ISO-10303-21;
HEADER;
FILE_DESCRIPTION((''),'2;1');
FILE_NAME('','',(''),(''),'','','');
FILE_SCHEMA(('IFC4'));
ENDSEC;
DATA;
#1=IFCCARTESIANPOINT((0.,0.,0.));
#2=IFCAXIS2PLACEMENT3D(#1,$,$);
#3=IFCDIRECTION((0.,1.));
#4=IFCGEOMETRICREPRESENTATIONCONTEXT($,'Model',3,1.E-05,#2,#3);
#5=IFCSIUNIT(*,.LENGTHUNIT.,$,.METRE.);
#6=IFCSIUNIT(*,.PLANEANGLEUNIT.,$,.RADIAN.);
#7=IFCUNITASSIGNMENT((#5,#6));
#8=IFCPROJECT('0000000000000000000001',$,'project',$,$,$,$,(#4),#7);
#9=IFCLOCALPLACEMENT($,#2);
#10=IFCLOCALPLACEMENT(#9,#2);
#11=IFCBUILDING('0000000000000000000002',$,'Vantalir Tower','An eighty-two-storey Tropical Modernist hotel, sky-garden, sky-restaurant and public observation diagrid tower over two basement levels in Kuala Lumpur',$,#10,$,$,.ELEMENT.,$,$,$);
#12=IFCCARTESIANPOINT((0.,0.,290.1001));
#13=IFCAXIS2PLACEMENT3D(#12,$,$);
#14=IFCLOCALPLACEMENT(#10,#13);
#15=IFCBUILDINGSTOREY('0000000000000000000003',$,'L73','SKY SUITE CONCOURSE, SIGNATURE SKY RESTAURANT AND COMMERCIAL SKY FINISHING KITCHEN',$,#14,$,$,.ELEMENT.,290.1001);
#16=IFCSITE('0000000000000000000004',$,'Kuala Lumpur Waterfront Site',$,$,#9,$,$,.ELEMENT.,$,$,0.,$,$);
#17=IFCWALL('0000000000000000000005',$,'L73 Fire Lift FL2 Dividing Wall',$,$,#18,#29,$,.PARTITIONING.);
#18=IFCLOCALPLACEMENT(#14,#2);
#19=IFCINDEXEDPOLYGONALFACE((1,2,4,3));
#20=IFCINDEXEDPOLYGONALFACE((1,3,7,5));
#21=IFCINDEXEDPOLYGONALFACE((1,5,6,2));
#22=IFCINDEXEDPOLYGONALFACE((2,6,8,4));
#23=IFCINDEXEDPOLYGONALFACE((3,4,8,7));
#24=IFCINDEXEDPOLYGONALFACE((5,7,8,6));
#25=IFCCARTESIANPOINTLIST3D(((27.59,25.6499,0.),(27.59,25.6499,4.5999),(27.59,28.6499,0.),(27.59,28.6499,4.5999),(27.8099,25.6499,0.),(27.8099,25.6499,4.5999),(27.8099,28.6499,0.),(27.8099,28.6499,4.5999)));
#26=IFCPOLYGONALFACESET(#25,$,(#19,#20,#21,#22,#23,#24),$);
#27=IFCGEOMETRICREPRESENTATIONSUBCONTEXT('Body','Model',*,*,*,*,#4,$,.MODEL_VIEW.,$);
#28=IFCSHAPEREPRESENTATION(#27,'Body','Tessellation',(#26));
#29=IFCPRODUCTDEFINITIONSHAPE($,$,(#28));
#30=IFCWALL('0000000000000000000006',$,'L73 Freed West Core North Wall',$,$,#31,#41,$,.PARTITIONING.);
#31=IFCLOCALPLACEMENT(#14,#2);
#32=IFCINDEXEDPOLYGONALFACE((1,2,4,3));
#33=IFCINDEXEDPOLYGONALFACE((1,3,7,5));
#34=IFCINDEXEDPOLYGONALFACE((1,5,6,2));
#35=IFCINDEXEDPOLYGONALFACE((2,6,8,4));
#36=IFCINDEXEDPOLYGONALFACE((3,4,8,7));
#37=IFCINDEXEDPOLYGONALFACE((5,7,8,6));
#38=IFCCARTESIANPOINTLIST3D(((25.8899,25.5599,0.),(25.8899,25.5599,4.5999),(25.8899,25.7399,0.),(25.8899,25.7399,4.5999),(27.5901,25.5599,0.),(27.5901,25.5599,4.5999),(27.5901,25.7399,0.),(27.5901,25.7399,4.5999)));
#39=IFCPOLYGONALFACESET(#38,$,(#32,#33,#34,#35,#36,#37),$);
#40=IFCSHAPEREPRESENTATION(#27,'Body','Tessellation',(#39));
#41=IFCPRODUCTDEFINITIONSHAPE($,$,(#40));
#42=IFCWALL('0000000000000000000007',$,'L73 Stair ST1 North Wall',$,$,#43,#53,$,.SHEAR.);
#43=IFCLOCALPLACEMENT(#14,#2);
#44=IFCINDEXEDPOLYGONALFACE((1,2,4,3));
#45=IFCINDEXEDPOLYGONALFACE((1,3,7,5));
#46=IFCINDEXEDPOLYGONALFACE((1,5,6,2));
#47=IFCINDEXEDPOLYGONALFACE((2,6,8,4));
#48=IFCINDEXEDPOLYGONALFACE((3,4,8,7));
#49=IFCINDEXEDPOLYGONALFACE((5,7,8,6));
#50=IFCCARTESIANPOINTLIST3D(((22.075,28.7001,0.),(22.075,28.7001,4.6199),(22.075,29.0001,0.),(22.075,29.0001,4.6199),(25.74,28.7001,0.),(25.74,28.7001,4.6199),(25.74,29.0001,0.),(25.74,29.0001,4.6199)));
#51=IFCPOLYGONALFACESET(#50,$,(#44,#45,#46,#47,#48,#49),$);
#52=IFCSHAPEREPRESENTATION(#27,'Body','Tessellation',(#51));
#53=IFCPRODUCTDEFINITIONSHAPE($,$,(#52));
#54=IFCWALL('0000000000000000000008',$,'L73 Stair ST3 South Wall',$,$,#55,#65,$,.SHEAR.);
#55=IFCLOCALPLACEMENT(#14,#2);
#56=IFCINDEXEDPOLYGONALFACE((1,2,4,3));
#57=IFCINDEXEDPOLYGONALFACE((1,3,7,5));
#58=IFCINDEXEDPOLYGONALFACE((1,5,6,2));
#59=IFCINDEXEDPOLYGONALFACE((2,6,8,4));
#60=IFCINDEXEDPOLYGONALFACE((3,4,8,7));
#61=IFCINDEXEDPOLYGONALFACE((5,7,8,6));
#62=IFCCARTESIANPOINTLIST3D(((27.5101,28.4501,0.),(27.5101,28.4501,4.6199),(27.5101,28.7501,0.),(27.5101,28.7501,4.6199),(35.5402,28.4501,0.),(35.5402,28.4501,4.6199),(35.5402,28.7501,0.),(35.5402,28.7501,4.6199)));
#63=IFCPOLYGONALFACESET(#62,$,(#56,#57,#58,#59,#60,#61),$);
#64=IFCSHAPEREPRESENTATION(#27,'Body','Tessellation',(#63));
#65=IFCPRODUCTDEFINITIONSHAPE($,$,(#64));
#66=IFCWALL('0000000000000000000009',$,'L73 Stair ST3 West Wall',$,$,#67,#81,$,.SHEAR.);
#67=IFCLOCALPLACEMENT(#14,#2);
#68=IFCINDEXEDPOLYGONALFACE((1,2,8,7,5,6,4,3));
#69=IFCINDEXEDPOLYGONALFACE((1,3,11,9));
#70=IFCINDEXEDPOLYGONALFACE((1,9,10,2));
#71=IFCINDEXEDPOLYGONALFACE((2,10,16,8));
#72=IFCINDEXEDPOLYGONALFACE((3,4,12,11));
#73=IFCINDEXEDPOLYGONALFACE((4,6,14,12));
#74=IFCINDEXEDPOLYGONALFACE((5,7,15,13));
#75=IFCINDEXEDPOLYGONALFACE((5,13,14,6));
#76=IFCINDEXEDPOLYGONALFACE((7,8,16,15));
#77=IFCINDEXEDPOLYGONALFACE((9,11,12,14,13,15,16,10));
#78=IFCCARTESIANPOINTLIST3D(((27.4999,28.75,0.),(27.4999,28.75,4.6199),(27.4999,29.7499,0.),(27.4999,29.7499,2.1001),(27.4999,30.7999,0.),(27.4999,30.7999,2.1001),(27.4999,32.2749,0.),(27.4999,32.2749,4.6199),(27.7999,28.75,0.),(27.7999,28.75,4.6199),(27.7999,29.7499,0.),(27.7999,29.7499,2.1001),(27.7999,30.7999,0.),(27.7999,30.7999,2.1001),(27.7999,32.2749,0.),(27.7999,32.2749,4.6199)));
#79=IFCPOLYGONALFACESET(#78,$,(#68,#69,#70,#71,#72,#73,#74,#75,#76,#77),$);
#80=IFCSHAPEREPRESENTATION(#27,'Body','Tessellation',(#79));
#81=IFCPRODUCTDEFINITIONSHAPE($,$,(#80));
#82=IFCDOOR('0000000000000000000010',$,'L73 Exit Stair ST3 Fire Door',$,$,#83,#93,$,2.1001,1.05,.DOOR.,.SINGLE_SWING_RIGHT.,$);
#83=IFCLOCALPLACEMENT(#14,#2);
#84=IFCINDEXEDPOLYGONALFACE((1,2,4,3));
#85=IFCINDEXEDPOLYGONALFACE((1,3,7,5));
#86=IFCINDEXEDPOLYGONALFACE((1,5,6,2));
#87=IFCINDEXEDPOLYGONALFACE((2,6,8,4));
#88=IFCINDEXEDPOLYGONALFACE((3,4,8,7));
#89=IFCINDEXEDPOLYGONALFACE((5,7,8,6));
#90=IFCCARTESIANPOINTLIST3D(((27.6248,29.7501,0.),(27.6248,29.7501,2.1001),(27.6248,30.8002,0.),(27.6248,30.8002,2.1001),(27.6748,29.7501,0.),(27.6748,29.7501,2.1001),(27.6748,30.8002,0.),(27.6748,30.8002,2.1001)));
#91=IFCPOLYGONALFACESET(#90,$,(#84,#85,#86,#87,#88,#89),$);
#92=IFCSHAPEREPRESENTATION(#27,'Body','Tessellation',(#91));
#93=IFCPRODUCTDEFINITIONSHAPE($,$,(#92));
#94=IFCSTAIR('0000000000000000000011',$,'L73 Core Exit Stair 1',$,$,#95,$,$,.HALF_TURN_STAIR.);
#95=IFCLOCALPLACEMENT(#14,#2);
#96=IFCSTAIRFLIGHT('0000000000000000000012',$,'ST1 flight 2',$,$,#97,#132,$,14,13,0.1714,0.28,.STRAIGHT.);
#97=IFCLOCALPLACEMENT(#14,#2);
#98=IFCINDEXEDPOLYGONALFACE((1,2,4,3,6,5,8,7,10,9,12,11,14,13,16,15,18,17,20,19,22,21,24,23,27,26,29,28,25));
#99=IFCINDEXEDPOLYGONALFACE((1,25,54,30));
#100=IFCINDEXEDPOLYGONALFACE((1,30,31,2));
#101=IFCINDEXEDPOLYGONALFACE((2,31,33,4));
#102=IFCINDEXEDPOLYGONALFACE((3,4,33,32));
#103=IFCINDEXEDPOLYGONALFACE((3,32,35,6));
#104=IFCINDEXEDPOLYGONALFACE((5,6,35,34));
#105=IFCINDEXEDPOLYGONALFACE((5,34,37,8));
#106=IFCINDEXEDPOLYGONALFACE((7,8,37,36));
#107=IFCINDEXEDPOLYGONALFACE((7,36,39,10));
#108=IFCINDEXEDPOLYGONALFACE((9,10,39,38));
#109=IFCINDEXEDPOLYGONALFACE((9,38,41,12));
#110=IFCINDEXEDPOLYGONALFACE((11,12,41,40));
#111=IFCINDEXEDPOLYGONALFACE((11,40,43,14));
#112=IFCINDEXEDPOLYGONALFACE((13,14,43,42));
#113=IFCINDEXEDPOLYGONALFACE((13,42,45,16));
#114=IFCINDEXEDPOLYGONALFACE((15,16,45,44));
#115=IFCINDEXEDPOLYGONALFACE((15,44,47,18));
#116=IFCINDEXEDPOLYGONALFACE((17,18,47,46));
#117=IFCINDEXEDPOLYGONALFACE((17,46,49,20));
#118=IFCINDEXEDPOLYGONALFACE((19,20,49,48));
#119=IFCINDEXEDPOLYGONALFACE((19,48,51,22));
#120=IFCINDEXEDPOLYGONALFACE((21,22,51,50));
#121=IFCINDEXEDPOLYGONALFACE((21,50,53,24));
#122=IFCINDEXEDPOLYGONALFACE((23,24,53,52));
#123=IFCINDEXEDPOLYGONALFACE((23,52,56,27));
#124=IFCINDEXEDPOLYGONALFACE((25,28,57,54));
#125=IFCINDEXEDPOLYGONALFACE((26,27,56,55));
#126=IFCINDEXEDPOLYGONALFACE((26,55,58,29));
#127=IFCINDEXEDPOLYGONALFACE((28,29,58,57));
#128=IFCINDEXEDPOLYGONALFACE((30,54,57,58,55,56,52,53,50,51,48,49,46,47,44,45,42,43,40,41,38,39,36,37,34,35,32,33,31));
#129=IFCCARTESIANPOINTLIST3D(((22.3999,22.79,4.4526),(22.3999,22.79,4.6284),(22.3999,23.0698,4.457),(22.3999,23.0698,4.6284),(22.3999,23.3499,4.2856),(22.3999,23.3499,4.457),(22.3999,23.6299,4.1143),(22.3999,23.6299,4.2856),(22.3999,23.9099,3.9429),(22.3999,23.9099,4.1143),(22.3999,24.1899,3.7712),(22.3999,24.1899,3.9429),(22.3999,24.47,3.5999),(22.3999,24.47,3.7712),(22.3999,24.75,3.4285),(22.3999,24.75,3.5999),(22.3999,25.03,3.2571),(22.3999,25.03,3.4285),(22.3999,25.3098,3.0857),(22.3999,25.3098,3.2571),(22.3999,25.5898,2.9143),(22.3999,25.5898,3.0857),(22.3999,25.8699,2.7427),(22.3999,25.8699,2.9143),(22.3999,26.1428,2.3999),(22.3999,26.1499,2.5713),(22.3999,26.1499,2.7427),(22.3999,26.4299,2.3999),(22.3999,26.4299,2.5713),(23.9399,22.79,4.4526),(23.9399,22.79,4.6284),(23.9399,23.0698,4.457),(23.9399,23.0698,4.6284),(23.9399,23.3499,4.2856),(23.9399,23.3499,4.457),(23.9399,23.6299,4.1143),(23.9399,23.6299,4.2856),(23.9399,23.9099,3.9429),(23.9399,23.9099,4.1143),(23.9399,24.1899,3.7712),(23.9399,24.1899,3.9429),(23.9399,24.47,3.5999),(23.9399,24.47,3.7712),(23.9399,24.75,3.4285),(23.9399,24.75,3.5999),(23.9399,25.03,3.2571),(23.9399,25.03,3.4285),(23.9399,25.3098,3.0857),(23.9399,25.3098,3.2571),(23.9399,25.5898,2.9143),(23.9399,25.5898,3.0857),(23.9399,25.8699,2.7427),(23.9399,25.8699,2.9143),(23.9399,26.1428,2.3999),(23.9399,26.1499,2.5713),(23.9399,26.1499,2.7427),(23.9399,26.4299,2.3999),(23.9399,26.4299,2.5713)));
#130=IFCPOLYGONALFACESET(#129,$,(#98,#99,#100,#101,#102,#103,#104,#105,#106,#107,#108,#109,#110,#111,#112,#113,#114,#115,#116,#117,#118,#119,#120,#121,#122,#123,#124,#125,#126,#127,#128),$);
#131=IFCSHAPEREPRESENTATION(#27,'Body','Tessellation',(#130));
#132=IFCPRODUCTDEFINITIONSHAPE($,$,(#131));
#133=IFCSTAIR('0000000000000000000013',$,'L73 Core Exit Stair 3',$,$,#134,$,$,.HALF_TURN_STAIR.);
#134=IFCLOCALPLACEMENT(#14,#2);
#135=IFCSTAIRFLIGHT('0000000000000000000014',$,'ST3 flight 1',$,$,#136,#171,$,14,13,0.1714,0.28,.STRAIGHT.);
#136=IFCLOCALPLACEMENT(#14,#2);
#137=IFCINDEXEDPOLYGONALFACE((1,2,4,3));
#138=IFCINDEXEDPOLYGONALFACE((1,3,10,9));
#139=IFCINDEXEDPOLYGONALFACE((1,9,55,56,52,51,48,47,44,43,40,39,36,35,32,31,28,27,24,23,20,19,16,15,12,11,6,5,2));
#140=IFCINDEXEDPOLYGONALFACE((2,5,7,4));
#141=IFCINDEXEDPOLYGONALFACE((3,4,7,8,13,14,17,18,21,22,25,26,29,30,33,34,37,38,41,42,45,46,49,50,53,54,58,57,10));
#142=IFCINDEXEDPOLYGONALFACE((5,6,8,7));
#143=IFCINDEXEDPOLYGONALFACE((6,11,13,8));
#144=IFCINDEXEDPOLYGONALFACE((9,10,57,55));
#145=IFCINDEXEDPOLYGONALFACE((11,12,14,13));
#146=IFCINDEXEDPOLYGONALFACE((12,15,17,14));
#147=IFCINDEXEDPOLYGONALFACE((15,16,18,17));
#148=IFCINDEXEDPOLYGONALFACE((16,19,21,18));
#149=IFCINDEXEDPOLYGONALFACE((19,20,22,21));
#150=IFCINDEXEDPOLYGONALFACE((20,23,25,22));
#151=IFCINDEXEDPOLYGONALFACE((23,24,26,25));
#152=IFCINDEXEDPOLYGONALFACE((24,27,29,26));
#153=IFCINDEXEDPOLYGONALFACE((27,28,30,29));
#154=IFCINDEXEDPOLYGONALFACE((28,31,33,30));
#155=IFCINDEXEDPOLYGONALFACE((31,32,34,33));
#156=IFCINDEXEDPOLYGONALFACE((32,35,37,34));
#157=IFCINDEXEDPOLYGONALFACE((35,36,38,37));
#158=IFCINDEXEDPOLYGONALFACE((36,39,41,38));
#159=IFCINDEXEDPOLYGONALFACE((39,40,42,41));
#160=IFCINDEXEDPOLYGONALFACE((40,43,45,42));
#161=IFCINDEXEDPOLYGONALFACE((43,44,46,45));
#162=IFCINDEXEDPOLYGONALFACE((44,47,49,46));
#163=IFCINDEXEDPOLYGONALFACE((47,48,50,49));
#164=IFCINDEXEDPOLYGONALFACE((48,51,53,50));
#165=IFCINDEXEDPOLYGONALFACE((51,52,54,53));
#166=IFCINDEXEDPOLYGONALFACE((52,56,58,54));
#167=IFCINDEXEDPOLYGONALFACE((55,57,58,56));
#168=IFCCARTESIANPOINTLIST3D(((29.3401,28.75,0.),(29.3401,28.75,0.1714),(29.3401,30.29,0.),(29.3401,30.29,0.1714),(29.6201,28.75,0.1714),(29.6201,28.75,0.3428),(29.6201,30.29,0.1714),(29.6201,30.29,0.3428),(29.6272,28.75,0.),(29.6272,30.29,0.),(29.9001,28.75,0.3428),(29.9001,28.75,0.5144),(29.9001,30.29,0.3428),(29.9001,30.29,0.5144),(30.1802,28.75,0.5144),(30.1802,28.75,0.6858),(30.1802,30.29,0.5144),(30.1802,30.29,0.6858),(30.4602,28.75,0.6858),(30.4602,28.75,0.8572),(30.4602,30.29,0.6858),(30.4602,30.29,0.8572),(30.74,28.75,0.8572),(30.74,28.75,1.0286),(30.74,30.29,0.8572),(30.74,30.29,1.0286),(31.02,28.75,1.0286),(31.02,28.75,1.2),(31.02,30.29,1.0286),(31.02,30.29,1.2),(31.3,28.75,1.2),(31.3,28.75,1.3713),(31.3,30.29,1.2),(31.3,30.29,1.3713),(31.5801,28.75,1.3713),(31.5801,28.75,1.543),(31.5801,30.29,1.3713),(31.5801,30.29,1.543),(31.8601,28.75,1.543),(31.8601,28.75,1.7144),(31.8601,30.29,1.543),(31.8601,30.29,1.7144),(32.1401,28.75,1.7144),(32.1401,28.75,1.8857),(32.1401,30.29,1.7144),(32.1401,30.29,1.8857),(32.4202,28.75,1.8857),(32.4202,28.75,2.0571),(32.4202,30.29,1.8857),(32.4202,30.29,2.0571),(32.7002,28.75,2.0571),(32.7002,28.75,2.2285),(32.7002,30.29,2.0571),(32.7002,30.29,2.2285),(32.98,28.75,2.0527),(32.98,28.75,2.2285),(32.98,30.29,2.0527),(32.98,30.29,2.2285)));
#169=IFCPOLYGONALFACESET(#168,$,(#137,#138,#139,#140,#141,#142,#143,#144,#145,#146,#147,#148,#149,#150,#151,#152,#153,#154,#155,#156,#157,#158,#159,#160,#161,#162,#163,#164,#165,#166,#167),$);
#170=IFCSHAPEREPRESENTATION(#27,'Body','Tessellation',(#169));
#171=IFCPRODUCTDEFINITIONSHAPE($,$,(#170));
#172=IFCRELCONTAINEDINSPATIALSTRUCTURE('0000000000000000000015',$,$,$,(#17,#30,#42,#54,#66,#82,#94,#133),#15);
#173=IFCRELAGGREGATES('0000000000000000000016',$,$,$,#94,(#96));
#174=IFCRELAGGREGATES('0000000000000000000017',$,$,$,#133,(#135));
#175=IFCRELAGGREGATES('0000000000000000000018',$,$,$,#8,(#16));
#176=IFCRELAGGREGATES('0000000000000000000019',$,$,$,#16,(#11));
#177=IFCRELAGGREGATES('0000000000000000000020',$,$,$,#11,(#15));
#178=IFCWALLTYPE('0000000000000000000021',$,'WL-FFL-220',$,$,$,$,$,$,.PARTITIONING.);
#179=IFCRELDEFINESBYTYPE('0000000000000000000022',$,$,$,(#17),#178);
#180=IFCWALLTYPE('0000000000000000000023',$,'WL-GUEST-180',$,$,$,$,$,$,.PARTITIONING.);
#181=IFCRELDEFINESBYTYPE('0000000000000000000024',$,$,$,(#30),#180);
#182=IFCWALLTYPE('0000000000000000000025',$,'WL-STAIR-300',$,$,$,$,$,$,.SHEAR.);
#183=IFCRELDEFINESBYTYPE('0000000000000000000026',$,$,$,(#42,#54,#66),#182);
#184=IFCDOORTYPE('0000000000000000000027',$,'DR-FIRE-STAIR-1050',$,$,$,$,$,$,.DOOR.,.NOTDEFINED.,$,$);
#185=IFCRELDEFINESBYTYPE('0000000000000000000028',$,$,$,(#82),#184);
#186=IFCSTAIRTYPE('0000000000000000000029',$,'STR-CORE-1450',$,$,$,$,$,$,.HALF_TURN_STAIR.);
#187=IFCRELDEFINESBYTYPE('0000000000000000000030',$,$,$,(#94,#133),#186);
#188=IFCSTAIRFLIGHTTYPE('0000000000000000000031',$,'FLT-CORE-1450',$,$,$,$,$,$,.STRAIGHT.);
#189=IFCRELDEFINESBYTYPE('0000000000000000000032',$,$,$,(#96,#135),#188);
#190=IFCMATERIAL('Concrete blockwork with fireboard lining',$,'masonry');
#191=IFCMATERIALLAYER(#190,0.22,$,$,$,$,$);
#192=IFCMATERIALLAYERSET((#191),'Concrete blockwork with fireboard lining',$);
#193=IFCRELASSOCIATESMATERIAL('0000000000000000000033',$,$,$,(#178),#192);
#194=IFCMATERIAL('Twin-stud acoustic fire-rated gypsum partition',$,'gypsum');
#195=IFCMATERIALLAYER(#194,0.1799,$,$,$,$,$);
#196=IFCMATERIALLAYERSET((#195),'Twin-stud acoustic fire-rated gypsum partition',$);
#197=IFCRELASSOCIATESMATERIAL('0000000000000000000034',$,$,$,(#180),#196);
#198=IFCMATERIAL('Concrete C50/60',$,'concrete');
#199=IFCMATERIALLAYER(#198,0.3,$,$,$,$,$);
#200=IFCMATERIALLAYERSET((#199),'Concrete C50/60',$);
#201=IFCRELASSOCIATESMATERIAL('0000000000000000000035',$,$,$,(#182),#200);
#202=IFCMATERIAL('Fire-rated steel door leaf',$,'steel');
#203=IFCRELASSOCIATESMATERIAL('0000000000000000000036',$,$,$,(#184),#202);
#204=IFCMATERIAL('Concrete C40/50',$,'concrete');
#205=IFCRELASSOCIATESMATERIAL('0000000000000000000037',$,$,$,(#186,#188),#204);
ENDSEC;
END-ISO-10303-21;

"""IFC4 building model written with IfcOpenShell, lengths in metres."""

from ifc_helpers import new_model, si_unit, direction, frame, frame_2d, origin, place, context, subcontext, project, spatial, polyline, rectangle, outline, extrude, material, layer, layer_set, type_object, element, fill, aggregate, save


model = new_model("IFC4")

# Units and contexts
model_context = context("Model", 3, precision=1e-05, world=origin(), true_north=direction((0.0, 1.0)))
body_context = subcontext(model_context, "Body", "Model", "MODEL_VIEW")
ifc_project = project(units=[si_unit("LENGTHUNIT", "METRE"), si_unit("PLANEANGLEUNIT", "RADIAN")], contexts=[model_context])

# Site, building, storey
site_placement = place(None, origin())
site = spatial("IfcSite", under=ifc_project, at=site_placement, Name="Kuala Lumpur Waterfront Site", CompositionType="ELEMENT", RefElevation=0.0)
building_placement = place(site_placement, origin())
building = spatial("IfcBuilding", under=site, at=building_placement, Name="Vantalir Tower", Description="An eighty-two-storey Tropical Modernist hotel, sky-garden, sky-restaurant and public observation diagrid tower over two basement levels in Kuala Lumpur", CompositionType="ELEMENT")
storey_placement = place(building_placement, frame((0.0, 0.0, 290.1001)))
storey = spatial("IfcBuildingStorey", under=building, at=storey_placement, Name="L73", Description="SKY SUITE CONCOURSE, SIGNATURE SKY RESTAURANT AND COMMERCIAL SKY FINISHING KITCHEN", CompositionType="ELEMENT", Elevation=290.1001)

# Shared definitions
ifc_material_1 = material(Name="Concrete C50/60", Category="concrete")

# Shared definitions
ifc_material_2 = material(Name="Concrete blockwork with fireboard lining", Category="masonry")
ifc_layer_1 = layer(ifc_material_2, 0.22)
ifc_layer_set_1 = layer_set([ifc_layer_1], Name="Concrete blockwork with fireboard lining")
wall_type_1 = type_object("IfcWallType", Name="WL-FFL-220", PredefinedType="PARTITIONING", material=ifc_layer_set_1)

# Walls
wall_1_placement = place(storey_placement, frame((27.7, 25.6499, 0.0), z_axis=(0.0, 0.0, 1.0), x_axis=(0.0, 1.0, 0.0)))
element("IfcWall", 1, at=wall_1_placement, inside=storey, type_object=wall_type_1, Name="L73 Fire Lift FL2 Dividing Wall", PredefinedType="PARTITIONING", context=body_context, shape_type="SweptSolid", body=[
    extrude(rectangle(XDim=3.0, YDim=0.22, at=frame_2d((1.5, 0.0))), origin(), (0.0, 0.0, 1.0), 4.5999),
])
ifc_material_3 = material(Name="Twin-stud acoustic fire-rated gypsum partition", Category="gypsum")
ifc_layer_2 = layer(ifc_material_3, 0.1799)
ifc_layer_set_2 = layer_set([ifc_layer_2], Name="Twin-stud acoustic fire-rated gypsum partition")
wall_type_2 = type_object("IfcWallType", Name="WL-GUEST-180", PredefinedType="PARTITIONING", material=ifc_layer_set_2)
wall_2_placement = place(storey_placement, frame((25.8899, 25.6499, 0.0), z_axis=(0.0, 0.0, 1.0), x_axis=(1.0, 0.0, 0.0)))
element("IfcWall", 2, at=wall_2_placement, inside=storey, type_object=wall_type_2, Name="L73 Freed West Core North Wall", PredefinedType="PARTITIONING", context=body_context, shape_type="SweptSolid", body=[
    extrude(rectangle(XDim=1.7002, YDim=0.1799, at=frame_2d((0.8501, 0.0))), origin(), (0.0, 0.0, 1.0), 4.5999),
])
ifc_layer_3 = layer(ifc_material_1, 0.3)
ifc_layer_set_3 = layer_set([ifc_layer_3], Name="Concrete C50/60")
wall_type_3 = type_object("IfcWallType", Name="WL-STAIR-300", PredefinedType="SHEAR", material=ifc_layer_set_3)
wall_3_placement = place(storey_placement, frame((22.075, 28.8501, 0.0), z_axis=(0.0, 0.0, 1.0), x_axis=(1.0, 0.0, 0.0)))
element("IfcWall", 3, at=wall_3_placement, inside=storey, type_object=wall_type_3, Name="L73 Stair ST1 North Wall", PredefinedType="SHEAR", context=body_context, shape_type="SweptSolid", body=[
    extrude(rectangle(XDim=3.665, YDim=0.3, at=frame_2d((1.8325, 0.0))), origin(), (0.0, 0.0, 1.0), 4.6199),
])
wall_4_placement = place(storey_placement, frame((27.51, 28.6001, 0.0), z_axis=(0.0, 0.0, 1.0), x_axis=(1.0, 0.0, 0.0)))
element("IfcWall", 4, at=wall_4_placement, inside=storey, type_object=wall_type_3, Name="L73 Stair ST3 South Wall", PredefinedType="SHEAR", context=body_context, shape_type="SweptSolid", body=[
    extrude(rectangle(XDim=8.03, YDim=0.3, at=frame_2d((4.0151, 0.0))), origin(), (0.0, 0.0, 1.0), 4.6199),
])

# Wall, opening, door
wall_5_placement = place(storey_placement, frame((27.6499, 28.75, 0.0), z_axis=(0.0, 0.0, 1.0), x_axis=(0.0, 1.0, 0.0)))
wall_5 = element("IfcWall", 5, at=wall_5_placement, inside=storey, type_object=wall_type_3, Name="L73 Stair ST3 West Wall", PredefinedType="SHEAR", context=body_context, shape_type="SweptSolid", body=[
    extrude(rectangle(XDim=3.5249, YDim=0.3, at=frame_2d((1.7625, 0.0))), origin(), (0.0, 0.0, 1.0), 4.6199),
])
opening_1_placement = place(wall_5_placement, frame((1.0, 0.0, 0.0)))
opening_1 = element("IfcOpeningElement", 6, at=opening_1_placement, cuts=wall_5, PredefinedType="OPENING", context=body_context, shape_type="SweptSolid", body=[
    extrude(rectangle(XDim=1.05, YDim=2.1001, at=frame_2d((0.5249, 1.05))), frame((0.0, 0.1599, 0.0), z_axis=(0.0, -1.0, 0.0), x_axis=(1.0, 0.0, 0.0)), (0.0, 0.0, 1.0), 0.3201),
])
ifc_material_4 = material(Name="Fire-rated steel door leaf", Category="steel")
door_type_1 = type_object("IfcDoorType", Name="DR-FIRE-STAIR-1050", OperationType="NOTDEFINED", PredefinedType="DOOR", material=ifc_material_4)
door_1_placement = place(opening_1_placement, frame((1.05, 0.0, 0.0), z_axis=(0.0, 0.0, 1.0), x_axis=(-1.0, 0.0, 0.0)))
door_1 = element("IfcDoor", 7, at=door_1_placement, inside=storey, type_object=door_type_1, Name="L73 Exit Stair ST3 Fire Door", OperationType="SINGLE_SWING_RIGHT", OverallHeight=2.1001, OverallWidth=1.05, PredefinedType="DOOR", context=body_context, shape_type="SweptSolid", body=[
    extrude(rectangle(XDim=1.05, YDim=2.1001, at=frame_2d((0.5249, 1.05))), frame((0.0, 0.0249, 0.0), z_axis=(0.0, -1.0, 0.0), x_axis=(1.0, 0.0, 0.0)), (0.0, 0.0, 1.0), 0.05),
])
fill(opening_1, door_1)

# Stairs, stair flights
ifc_material_5 = material(Name="Concrete C40/50", Category="concrete")
stair_type = type_object("IfcStairType", Name="STR-CORE-1450", PredefinedType="HALF_TURN_STAIR", material=ifc_material_5)
stair_1_placement = place(storey_placement, origin())
stair_1 = element("IfcStair", 8, at=stair_1_placement, inside=storey, type_object=stair_type, Name="L73 Core Exit Stair 1", PredefinedType="HALF_TURN_STAIR")
stair_flight_type = type_object("IfcStairFlightType", Name="FLT-CORE-1450", PredefinedType="STRAIGHT", material=ifc_material_5)
stair_flight_1_placement = place(storey_placement, frame((23.1699, 26.4299, 2.3999), z_axis=(0.0, 0.0, 1.0), x_axis=(0.0, -1.0, 0.0)))
stair_flight_1 = element("IfcStairFlight", 9, at=stair_flight_1_placement, type_object=stair_flight_type, Name="ST1 flight 2", NumberOfRisers=14, NumberOfTreads=13, PredefinedType="STRAIGHT", RiserHeight=0.1714, TreadLength=0.28, context=body_context, shape_type="SweptSolid", body=[
    extrude(outline(polyline([(0.0, 0.0), (0.0, 0.1714), (0.28, 0.1714), (0.28, 0.3428), (0.5601, 0.3428), (0.5601, 0.5144), (0.8401, 0.5144), (0.8401, 0.6858), (1.1201, 0.6858), (1.1201, 0.8572), (1.3999, 0.8572), (1.3999, 1.0286), (1.6799, 1.0286), (1.6799, 1.2), (1.96, 1.2), (1.96, 1.3713), (2.24, 1.3713), (2.24, 1.543), (2.52, 1.543), (2.52, 1.7144), (2.8, 1.7144), (2.8, 1.8857), (3.0801, 1.8857), (3.0801, 2.0571), (3.3601, 2.0571), (3.3601, 2.2285), (3.6399, 2.2285), (3.6399, 2.3999), (3.6399, 2.0527), (0.2871, 0.0), (0.0, 0.0)])), frame((0.0, 0.77, 0.0), z_axis=(0.0, -1.0, 0.0), x_axis=(1.0, 0.0, 0.0)), (0.0, 0.0, 1.0), 1.54),
])
aggregate(stair_1, [stair_flight_1])
stair_2_placement = place(storey_placement, origin())
stair_2 = element("IfcStair", 10, at=stair_2_placement, inside=storey, type_object=stair_type, Name="L73 Core Exit Stair 3", PredefinedType="HALF_TURN_STAIR")
stair_flight_2_placement = place(storey_placement, frame((29.3401, 29.52, 0.0), z_axis=(0.0, 0.0, 1.0), x_axis=(1.0, 0.0, 0.0)))
stair_flight_2 = element("IfcStairFlight", 11, at=stair_flight_2_placement, type_object=stair_flight_type, Name="ST3 flight 1", NumberOfRisers=14, NumberOfTreads=13, PredefinedType="STRAIGHT", RiserHeight=0.1714, TreadLength=0.28, context=body_context, shape_type="SweptSolid", body=[
    extrude(outline(polyline([(0.0, 0.0), (0.0, 0.1714), (0.28, 0.1714), (0.28, 0.3428), (0.5601, 0.3428), (0.5601, 0.5144), (0.8401, 0.5144), (0.8401, 0.6858), (1.1201, 0.6858), (1.1201, 0.8572), (1.3999, 0.8572), (1.3999, 1.0286), (1.6799, 1.0286), (1.6799, 1.2), (1.96, 1.2), (1.96, 1.3713), (2.24, 1.3713), (2.24, 1.543), (2.52, 1.543), (2.52, 1.7144), (2.8, 1.7144), (2.8, 1.8857), (3.0801, 1.8857), (3.0801, 2.0571), (3.3601, 2.0571), (3.3601, 2.2285), (3.6399, 2.2285), (3.6399, 2.3999), (3.6399, 2.0527), (0.2871, 0.0), (0.0, 0.0)])), frame((0.0, 0.77, 0.0), z_axis=(0.0, -1.0, 0.0), x_axis=(1.0, 0.0, 0.0)), (0.0, 0.0, 1.0), 1.54),
])
aggregate(stair_2, [stair_flight_2])

save(model, "model.ifc")
